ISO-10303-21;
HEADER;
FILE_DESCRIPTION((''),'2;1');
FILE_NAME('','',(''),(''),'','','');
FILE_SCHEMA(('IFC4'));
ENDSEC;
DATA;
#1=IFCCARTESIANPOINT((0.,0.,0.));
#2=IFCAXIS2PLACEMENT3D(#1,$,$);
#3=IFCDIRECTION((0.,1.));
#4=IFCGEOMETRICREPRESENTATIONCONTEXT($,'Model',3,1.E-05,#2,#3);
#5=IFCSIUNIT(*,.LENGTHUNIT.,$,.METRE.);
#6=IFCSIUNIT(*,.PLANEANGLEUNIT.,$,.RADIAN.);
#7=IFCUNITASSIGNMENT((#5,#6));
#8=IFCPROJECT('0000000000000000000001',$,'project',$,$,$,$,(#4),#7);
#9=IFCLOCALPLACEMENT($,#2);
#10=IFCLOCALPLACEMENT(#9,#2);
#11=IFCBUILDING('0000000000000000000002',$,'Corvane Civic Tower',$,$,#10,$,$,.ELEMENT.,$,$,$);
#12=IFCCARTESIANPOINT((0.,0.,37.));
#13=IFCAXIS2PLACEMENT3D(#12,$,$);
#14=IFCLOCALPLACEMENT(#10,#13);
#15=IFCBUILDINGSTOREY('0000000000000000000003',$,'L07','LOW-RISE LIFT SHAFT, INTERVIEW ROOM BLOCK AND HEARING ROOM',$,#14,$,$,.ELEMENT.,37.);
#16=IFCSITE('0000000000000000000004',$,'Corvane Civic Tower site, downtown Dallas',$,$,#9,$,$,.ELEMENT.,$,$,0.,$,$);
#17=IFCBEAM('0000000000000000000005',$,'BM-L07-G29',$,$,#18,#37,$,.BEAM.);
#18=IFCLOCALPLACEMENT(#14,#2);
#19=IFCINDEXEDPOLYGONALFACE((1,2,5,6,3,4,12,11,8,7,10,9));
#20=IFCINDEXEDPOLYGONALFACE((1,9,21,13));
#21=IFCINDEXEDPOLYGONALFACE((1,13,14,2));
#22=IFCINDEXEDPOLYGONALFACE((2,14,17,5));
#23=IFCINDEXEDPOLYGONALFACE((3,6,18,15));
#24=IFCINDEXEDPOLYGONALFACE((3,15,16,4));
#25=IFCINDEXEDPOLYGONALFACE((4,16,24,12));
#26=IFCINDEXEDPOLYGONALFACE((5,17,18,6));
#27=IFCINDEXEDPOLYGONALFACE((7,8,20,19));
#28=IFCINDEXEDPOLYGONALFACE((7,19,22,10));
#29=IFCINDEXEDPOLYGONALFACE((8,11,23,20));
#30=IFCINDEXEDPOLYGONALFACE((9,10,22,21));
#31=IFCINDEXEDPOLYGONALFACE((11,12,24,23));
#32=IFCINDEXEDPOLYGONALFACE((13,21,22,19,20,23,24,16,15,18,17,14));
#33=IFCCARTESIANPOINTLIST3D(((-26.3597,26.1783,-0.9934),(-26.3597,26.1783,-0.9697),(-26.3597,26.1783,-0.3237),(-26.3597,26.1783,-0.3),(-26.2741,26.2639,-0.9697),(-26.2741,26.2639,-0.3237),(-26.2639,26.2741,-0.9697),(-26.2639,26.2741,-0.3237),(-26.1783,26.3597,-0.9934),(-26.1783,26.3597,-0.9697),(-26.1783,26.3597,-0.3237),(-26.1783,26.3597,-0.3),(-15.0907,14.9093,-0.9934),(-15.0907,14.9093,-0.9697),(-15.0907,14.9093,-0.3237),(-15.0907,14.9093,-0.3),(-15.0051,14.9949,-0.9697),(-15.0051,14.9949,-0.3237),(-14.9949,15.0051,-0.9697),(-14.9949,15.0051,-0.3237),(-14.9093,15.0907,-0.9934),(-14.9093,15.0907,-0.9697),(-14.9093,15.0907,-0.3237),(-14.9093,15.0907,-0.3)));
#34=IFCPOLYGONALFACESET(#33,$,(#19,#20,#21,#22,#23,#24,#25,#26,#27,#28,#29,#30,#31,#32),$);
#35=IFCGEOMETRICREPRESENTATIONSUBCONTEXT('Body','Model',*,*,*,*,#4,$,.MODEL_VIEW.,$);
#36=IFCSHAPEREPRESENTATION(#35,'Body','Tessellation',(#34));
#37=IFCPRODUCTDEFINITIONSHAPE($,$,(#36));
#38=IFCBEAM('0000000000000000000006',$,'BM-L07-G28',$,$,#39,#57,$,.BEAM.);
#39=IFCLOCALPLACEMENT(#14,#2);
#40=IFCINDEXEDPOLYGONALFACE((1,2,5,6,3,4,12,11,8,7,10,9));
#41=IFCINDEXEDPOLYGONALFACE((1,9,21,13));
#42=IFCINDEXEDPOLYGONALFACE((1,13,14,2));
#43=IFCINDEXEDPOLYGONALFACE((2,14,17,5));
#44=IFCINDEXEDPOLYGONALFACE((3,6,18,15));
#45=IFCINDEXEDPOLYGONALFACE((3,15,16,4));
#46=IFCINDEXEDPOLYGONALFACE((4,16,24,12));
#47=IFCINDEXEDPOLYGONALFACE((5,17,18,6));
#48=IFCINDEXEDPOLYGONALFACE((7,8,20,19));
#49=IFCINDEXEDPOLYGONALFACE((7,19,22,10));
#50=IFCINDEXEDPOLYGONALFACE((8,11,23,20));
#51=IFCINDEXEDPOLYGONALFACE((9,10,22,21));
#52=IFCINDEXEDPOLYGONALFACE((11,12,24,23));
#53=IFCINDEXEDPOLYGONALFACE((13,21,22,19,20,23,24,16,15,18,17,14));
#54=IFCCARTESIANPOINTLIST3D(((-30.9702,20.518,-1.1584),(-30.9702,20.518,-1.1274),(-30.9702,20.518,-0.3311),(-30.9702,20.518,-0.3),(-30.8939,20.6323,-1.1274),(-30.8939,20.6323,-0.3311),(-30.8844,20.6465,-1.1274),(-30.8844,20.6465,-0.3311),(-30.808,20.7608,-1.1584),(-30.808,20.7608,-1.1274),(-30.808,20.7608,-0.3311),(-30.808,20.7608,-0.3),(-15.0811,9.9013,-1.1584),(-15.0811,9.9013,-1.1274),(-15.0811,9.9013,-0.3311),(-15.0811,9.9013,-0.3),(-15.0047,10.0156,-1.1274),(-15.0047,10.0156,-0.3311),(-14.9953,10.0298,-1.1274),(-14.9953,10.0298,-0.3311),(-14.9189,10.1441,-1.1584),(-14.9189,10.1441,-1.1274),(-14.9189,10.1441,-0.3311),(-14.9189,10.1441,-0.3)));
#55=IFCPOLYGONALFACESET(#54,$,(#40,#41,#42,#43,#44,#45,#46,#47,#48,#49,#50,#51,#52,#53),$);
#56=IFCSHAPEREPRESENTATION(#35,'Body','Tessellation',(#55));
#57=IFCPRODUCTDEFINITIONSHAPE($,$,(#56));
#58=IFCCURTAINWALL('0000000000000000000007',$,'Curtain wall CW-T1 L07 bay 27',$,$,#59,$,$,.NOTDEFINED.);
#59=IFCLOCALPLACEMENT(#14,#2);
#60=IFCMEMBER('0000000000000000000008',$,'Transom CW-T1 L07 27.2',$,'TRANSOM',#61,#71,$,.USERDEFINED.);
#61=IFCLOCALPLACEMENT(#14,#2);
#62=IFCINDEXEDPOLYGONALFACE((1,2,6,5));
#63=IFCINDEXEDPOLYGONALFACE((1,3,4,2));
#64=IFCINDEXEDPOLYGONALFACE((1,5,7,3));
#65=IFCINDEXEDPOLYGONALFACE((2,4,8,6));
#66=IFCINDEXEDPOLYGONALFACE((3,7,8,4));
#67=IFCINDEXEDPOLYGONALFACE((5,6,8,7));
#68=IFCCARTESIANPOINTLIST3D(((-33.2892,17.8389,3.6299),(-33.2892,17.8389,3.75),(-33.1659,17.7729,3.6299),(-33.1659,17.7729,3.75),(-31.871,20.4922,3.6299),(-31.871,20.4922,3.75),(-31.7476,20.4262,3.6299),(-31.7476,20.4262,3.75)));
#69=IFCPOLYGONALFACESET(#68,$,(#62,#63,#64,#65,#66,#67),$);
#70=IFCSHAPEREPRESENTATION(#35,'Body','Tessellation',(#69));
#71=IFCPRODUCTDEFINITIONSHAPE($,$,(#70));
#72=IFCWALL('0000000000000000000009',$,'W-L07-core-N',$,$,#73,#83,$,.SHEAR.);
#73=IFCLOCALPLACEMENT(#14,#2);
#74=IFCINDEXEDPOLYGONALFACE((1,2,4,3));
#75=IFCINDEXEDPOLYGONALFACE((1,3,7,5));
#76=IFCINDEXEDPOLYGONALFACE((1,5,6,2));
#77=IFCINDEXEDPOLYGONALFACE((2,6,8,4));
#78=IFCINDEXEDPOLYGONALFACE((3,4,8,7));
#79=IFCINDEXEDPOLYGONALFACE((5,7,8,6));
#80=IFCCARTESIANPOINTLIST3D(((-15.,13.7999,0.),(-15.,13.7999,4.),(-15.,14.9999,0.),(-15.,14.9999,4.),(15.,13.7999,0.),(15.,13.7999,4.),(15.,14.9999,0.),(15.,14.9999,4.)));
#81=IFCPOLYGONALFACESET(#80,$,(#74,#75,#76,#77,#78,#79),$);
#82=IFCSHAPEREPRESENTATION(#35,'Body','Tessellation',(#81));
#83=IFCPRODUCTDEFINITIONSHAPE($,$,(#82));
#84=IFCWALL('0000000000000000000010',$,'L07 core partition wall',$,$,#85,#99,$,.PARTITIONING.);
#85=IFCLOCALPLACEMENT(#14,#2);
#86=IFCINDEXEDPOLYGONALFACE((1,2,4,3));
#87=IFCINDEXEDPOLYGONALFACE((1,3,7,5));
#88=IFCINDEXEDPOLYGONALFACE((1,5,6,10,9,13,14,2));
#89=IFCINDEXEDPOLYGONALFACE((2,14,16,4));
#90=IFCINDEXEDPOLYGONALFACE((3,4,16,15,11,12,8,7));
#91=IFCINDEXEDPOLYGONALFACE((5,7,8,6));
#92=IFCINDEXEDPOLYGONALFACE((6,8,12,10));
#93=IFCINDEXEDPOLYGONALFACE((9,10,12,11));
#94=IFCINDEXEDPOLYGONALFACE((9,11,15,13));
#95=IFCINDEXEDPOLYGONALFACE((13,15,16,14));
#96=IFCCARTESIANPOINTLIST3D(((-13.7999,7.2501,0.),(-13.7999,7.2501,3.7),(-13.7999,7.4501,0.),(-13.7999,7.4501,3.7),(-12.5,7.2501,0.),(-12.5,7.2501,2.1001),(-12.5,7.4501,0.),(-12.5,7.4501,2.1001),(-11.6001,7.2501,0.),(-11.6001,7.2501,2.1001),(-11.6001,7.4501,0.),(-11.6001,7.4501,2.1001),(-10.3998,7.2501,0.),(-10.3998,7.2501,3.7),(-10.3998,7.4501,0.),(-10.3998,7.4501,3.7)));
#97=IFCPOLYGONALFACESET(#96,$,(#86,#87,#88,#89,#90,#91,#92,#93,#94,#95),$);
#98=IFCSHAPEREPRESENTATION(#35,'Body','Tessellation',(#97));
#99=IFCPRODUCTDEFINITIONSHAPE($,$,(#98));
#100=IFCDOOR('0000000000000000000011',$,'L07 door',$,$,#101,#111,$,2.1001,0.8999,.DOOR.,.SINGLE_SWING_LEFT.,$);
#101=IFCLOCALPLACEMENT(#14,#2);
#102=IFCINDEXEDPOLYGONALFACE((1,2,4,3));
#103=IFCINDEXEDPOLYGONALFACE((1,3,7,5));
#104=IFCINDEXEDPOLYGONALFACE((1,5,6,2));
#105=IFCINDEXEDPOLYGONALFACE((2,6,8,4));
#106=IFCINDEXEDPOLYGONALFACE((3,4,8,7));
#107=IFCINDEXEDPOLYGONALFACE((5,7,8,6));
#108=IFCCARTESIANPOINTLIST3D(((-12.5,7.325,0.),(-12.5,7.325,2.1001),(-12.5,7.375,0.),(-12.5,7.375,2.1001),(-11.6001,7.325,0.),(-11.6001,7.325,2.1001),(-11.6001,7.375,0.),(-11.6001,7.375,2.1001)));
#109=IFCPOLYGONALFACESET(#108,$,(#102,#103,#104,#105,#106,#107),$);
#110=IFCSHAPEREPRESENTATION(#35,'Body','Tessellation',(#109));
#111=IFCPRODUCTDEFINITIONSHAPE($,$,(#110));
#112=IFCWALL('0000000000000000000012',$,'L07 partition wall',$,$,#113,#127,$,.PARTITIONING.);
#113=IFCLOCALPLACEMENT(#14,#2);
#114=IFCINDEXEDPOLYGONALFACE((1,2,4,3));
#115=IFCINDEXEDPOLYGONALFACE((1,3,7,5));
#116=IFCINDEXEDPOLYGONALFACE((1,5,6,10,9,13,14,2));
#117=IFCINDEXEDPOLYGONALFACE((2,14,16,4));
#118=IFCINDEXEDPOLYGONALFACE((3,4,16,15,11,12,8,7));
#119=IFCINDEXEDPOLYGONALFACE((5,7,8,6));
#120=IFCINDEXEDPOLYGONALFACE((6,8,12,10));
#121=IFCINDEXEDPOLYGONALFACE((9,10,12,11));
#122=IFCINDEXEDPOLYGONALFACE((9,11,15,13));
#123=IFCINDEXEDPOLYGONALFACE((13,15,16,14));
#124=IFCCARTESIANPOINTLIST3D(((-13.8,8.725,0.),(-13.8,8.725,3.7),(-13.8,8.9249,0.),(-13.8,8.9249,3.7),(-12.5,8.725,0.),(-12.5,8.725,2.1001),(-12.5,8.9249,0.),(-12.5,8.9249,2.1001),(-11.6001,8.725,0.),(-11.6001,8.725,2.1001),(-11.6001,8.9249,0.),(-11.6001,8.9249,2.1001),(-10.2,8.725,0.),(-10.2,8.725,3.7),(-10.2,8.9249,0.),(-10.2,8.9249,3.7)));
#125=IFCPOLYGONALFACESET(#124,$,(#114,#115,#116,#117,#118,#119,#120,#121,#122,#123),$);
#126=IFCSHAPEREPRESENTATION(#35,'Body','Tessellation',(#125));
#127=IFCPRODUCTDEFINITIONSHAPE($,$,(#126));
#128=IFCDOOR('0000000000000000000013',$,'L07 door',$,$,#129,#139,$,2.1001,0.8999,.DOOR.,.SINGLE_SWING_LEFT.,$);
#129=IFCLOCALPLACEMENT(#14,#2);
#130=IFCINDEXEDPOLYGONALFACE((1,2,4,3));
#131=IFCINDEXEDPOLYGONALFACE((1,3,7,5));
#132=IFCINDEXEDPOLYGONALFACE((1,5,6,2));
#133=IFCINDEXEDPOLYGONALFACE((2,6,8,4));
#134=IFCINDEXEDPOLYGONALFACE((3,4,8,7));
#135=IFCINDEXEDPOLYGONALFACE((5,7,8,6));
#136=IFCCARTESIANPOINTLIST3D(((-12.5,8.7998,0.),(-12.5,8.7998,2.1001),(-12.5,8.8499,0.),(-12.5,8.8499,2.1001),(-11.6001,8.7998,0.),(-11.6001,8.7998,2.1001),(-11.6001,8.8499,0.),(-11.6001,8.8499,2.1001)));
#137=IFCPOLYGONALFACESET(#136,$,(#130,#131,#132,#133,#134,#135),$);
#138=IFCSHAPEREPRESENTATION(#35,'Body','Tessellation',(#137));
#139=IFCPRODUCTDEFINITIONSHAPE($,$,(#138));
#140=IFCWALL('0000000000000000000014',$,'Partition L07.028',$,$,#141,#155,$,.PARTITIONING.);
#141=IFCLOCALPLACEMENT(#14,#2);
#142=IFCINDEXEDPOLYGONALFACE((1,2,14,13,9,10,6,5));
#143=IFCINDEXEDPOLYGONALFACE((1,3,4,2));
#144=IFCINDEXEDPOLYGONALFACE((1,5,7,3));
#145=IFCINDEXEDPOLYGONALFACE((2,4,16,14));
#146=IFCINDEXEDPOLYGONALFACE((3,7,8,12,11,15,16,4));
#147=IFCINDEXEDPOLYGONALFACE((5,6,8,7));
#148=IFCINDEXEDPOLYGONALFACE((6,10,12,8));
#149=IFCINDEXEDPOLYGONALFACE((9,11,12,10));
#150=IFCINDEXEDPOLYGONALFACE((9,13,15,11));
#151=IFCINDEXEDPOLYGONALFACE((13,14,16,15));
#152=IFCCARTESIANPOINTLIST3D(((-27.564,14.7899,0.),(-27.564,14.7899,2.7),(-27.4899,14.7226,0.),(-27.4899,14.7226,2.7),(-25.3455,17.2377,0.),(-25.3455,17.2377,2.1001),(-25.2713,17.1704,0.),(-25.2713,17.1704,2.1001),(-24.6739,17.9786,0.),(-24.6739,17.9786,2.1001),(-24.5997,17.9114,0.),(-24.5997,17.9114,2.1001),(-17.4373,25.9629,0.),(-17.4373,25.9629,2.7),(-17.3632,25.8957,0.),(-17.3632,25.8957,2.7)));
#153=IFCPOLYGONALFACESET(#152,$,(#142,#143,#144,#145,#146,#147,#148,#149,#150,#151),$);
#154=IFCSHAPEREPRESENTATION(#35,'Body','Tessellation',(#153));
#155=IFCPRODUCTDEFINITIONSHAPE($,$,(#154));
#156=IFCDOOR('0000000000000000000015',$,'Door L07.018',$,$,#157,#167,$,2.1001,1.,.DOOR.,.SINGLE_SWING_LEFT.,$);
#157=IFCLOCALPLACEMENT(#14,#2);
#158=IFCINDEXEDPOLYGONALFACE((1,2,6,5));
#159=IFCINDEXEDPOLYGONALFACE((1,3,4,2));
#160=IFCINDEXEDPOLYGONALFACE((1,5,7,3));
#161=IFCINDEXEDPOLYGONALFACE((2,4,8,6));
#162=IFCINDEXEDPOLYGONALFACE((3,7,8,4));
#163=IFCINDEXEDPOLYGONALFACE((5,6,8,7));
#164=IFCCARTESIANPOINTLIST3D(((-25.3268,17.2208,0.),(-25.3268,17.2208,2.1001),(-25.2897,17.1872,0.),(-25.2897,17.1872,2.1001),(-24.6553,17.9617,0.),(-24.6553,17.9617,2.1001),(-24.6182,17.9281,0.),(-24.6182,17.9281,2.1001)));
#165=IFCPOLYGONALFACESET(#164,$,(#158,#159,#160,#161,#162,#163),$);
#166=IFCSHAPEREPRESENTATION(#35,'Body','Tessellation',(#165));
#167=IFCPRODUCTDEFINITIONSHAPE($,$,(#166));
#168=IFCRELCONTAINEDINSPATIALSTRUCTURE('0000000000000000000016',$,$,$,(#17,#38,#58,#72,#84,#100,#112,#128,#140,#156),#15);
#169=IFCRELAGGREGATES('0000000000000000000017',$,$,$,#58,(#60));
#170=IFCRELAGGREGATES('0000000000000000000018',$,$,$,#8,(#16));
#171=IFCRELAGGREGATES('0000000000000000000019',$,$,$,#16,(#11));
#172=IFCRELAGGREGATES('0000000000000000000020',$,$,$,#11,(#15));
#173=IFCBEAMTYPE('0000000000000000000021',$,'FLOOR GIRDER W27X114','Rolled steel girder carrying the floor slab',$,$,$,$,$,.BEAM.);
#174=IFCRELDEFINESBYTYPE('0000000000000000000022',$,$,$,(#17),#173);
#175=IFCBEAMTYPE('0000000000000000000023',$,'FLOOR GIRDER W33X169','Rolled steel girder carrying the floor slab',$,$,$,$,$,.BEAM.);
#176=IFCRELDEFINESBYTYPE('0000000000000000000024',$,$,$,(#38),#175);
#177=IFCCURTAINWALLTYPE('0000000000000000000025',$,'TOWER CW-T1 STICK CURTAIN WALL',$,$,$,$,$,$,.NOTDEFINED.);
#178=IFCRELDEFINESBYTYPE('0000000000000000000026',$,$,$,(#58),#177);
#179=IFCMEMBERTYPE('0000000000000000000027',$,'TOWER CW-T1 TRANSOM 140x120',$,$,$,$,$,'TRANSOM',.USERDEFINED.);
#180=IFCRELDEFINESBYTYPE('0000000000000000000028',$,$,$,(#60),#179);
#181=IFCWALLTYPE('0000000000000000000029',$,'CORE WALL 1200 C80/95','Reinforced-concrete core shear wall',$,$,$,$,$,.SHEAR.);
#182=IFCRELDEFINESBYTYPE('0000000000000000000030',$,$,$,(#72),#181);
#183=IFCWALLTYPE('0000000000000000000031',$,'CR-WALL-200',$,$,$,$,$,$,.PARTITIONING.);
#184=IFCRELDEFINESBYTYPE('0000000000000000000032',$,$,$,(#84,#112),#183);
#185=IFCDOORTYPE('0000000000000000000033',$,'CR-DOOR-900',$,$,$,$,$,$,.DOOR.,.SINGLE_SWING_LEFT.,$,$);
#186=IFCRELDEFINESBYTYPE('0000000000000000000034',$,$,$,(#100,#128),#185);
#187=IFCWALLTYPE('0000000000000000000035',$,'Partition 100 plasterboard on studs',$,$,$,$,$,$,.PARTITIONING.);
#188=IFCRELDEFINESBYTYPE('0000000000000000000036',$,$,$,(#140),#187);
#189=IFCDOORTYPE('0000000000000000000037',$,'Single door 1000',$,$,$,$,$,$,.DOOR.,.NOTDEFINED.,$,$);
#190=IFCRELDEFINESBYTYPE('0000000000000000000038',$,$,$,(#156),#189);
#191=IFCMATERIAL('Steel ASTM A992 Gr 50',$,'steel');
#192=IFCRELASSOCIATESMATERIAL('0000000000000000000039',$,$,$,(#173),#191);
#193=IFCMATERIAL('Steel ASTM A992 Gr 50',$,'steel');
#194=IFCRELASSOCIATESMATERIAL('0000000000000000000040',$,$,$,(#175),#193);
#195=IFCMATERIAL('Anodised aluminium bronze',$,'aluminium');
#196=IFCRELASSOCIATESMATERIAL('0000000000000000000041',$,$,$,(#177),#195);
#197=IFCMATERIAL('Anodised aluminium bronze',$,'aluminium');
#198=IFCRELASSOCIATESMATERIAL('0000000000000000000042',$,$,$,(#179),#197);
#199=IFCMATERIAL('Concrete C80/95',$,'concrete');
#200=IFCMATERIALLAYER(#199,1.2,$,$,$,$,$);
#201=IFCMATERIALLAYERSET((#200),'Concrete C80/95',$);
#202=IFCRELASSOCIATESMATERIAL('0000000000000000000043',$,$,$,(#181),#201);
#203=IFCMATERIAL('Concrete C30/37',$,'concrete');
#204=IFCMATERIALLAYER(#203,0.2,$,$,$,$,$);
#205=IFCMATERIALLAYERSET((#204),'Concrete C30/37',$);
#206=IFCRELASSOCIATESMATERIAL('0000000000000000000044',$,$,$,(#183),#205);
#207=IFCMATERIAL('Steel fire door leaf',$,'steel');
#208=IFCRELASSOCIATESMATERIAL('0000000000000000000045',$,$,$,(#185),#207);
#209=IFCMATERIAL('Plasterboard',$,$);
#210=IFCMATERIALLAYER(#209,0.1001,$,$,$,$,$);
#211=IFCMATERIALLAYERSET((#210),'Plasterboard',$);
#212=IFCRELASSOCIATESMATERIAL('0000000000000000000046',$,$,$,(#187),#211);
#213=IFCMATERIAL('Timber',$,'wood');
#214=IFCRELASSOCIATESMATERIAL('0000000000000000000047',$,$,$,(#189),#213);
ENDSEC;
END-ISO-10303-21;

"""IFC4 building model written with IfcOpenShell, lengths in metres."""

from ifc_helpers import new_model, si_unit, direction, frame, frame_2d, origin, origin_2d, place, context, subcontext, project, spatial, rectangle, i_section, extrude, material, layer, layer_set, material_profile, profile_set, type_object, element, fill, aggregate, save


model = new_model("IFC4")

# Units and contexts
model_context = context("Model", 3, precision=1e-05, world=origin(), true_north=direction((0.0, 1.0)))
body_context = subcontext(model_context, "Body", "Model", "MODEL_VIEW")
ifc_project = project(units=[si_unit("LENGTHUNIT", "METRE"), si_unit("PLANEANGLEUNIT", "RADIAN")], contexts=[model_context])

# Site, building, storey
site_placement = place(None, origin())
site = spatial("IfcSite", under=ifc_project, at=site_placement, Name="Corvane Civic Tower site, downtown Dallas", CompositionType="ELEMENT", RefElevation=0.0)
building_placement = place(site_placement, origin())
building = spatial("IfcBuilding", under=site, at=building_placement, Name="Corvane Civic Tower", CompositionType="ELEMENT")
storey_placement = place(building_placement, frame((0.0, 0.0, 37.0)))
storey = spatial("IfcBuildingStorey", under=building, at=storey_placement, Name="L07", Description="LOW-RISE LIFT SHAFT, INTERVIEW ROOM BLOCK AND HEARING ROOM", CompositionType="ELEMENT", Elevation=37.0)

# Beams
ifc_material_1 = material(Name="Steel ASTM A992 Gr 50", Category="steel")
ifc_material_profile_1 = material_profile(ifc_material_1, i_section(OverallWidth=0.2566, OverallDepth=0.6934, WebThickness=0.0144, FlangeThickness=0.0237, at=origin_2d()), Name="W27X114")
ifc_profile_set_1 = profile_set([ifc_material_profile_1], Name="Steel ASTM A992 Gr 50")
beam_type_1 = type_object("IfcBeamType", Name="FLOOR GIRDER W27X114", Description="Rolled steel girder carrying the floor slab", PredefinedType="BEAM", material=ifc_profile_set_1)
beam_1_placement = place(storey_placement, frame((-15.0, 15.0, -0.6467), z_axis=(-0.707107, 0.707107, 0.0), x_axis=(-0.707107, -0.707107, 0.0)))
element("IfcBeam", 1, at=beam_1_placement, inside=storey, type_object=beam_type_1, Name="BM-L07-G29", PredefinedType="BEAM", context=body_context, shape_type="SweptSolid", body=[
    extrude(i_section(OverallWidth=0.2566, OverallDepth=0.6934, WebThickness=0.0144, FlangeThickness=0.0237, at=origin_2d()), origin(), (0.0, 0.0, 1.0), 15.9368),
])
ifc_material_2 = material(Name="Steel ASTM A992 Gr 50", Category="steel")
ifc_material_profile_2 = material_profile(ifc_material_2, i_section(OverallWidth=0.292, OverallDepth=0.8584, WebThickness=0.0171, FlangeThickness=0.031, at=origin_2d()), Name="W33X169")
ifc_profile_set_2 = profile_set([ifc_material_profile_2], Name="Steel ASTM A992 Gr 50")
beam_type_2 = type_object("IfcBeamType", Name="FLOOR GIRDER W33X169", Description="Rolled steel girder carrying the floor slab", PredefinedType="BEAM", material=ifc_profile_set_2)
beam_2_placement = place(storey_placement, frame((-15.0, 10.0227, -0.7292), z_axis=(-0.831472, 0.555567, 0.0), x_axis=(-0.555567, -0.831472, 0.0)))
element("IfcBeam", 2, at=beam_2_placement, inside=storey, type_object=beam_type_2, Name="BM-L07-G28", PredefinedType="BEAM", context=body_context, shape_type="SweptSolid", body=[
    extrude(i_section(OverallWidth=0.292, OverallDepth=0.8584, WebThickness=0.0171, FlangeThickness=0.031, at=origin_2d()), origin(), (0.0, 0.0, 1.0), 19.1096),
])

# Curtain wall, member
ifc_material_3 = material(Name="Anodised aluminium bronze", Category="aluminium")
curtain_wall_type = type_object("IfcCurtainWallType", Name="TOWER CW-T1 STICK CURTAIN WALL", PredefinedType="NOTDEFINED", material=ifc_material_3)
curtain_wall_placement = place(storey_placement, origin())
curtain_wall = element("IfcCurtainWall", 3, at=curtain_wall_placement, inside=storey, type_object=curtain_wall_type, Name="Curtain wall CW-T1 L07 bay 27", PredefinedType="NOTDEFINED")
ifc_material_4 = material(Name="Anodised aluminium bronze", Category="aluminium")
ifc_material_profile_3 = material_profile(ifc_material_4, rectangle(XDim=0.1399, YDim=0.1201, at=origin_2d()), Name="TOWER CW-T1 TRANSOM 140x120")
ifc_profile_set_3 = profile_set([ifc_material_profile_3], Name="Anodised aluminium bronze")
member_type = type_object("IfcMemberType", Name="TOWER CW-T1 TRANSOM 140x120", ElementType="TRANSOM", PredefinedType="USERDEFINED", material=ifc_profile_set_3)
member_placement = place(storey_placement, frame((-33.2275, 17.8059, 3.6899), z_axis=(0.471393, 0.881924, 0.0), x_axis=(-0.881924, 0.471393, 0.0)))
member = element("IfcMember", 4, at=member_placement, type_object=member_type, Name="Transom CW-T1 L07 27.2", ObjectType="TRANSOM", PredefinedType="USERDEFINED", context=body_context, shape_type="SweptSolid", body=[
    extrude(rectangle(XDim=0.1399, YDim=0.1201, at=origin_2d()), origin(), (0.0, 0.0, 1.0), 3.0085),
])
aggregate(curtain_wall, [member])

# Wall
ifc_material_5 = material(Name="Concrete C80/95", Category="concrete")
ifc_layer_1 = layer(ifc_material_5, 1.2)
ifc_layer_set_1 = layer_set([ifc_layer_1], Name="Concrete C80/95")
wall_type_1 = type_object("IfcWallType", Name="CORE WALL 1200 C80/95", Description="Reinforced-concrete core shear wall", PredefinedType="SHEAR", material=ifc_layer_set_1)
wall_1_placement = place(storey_placement, frame((-15.0, 14.3999, 0.0), z_axis=(0.0, 0.0, 1.0), x_axis=(1.0, 0.0, 0.0)))
element("IfcWall", 5, at=wall_1_placement, inside=storey, type_object=wall_type_1, Name="W-L07-core-N", PredefinedType="SHEAR", context=body_context, shape_type="SweptSolid", body=[
    extrude(rectangle(XDim=30.0, YDim=1.2, at=frame_2d((15.0, 0.0))), origin(), (0.0, 0.0, 1.0), 4.0),
])

# Walls, openings, doors
ifc_material_6 = material(Name="Concrete C30/37", Category="concrete")
ifc_layer_2 = layer(ifc_material_6, 0.2)
ifc_layer_set_2 = layer_set([ifc_layer_2], Name="Concrete C30/37")
wall_type_2 = type_object("IfcWallType", Name="CR-WALL-200", PredefinedType="PARTITIONING", material=ifc_layer_set_2)
wall_2_placement = place(storey_placement, frame((-13.8, 7.3501, 0.0), z_axis=(0.0, 0.0, 1.0), x_axis=(1.0, 0.0, 0.0)))
wall_2 = element("IfcWall", 6, at=wall_2_placement, inside=storey, type_object=wall_type_2, Name="L07 core partition wall", PredefinedType="PARTITIONING", context=body_context, shape_type="SweptSolid", body=[
    extrude(rectangle(XDim=3.4001, YDim=0.2, at=frame_2d((1.7002, 0.0))), origin(), (0.0, 0.0, 1.0), 3.7),
])
opening_1_placement = place(wall_2_placement, frame((1.3, 0.0, 0.0)))
opening_1 = element("IfcOpeningElement", 7, at=opening_1_placement, cuts=wall_2, PredefinedType="OPENING", context=body_context, shape_type="SweptSolid", body=[
    extrude(rectangle(XDim=0.8999, YDim=2.1001, at=frame_2d((0.45, 1.05))), frame((0.0, 0.1099, 0.0), z_axis=(0.0, -1.0, 0.0), x_axis=(1.0, 0.0, 0.0)), (0.0, 0.0, 1.0), 0.22),
])
ifc_material_7 = material(Name="Steel fire door leaf", Category="steel")
door_type_1 = type_object("IfcDoorType", Name="CR-DOOR-900", OperationType="SINGLE_SWING_LEFT", PredefinedType="DOOR", material=ifc_material_7)
door_1_placement = place(opening_1_placement, origin())
door_1 = element("IfcDoor", 8, at=door_1_placement, inside=storey, type_object=door_type_1, Name="L07 door", OperationType="SINGLE_SWING_LEFT", OverallHeight=2.1001, OverallWidth=0.8999, PredefinedType="DOOR", context=body_context, shape_type="SweptSolid", body=[
    extrude(rectangle(XDim=0.8999, YDim=2.1001, at=frame_2d((0.45, 1.05))), frame((0.0, 0.0249, 0.0), z_axis=(0.0, -1.0, 0.0), x_axis=(1.0, 0.0, 0.0)), (0.0, 0.0, 1.0), 0.05),
])
fill(opening_1, door_1)
wall_3_placement = place(storey_placement, frame((-13.8, 8.825, 0.0), z_axis=(0.0, 0.0, 1.0), x_axis=(1.0, 0.0, 0.0)))
wall_3 = element("IfcWall", 9, at=wall_3_placement, inside=storey, type_object=wall_type_2, Name="L07 partition wall", PredefinedType="PARTITIONING", context=body_context, shape_type="SweptSolid", body=[
    extrude(rectangle(XDim=3.6001, YDim=0.2, at=frame_2d((1.8, 0.0))), origin(), (0.0, 0.0, 1.0), 3.7),
])
opening_2_placement = place(wall_3_placement, frame((1.3, 0.0, 0.0)))
opening_2 = element("IfcOpeningElement", 10, at=opening_2_placement, cuts=wall_3, PredefinedType="OPENING", context=body_context, shape_type="SweptSolid", body=[
    extrude(rectangle(XDim=0.8999, YDim=2.1001, at=frame_2d((0.45, 1.05))), frame((0.0, 0.1099, 0.0), z_axis=(0.0, -1.0, 0.0), x_axis=(1.0, 0.0, 0.0)), (0.0, 0.0, 1.0), 0.22),
])
door_2_placement = place(opening_2_placement, origin())
door_2 = element("IfcDoor", 11, at=door_2_placement, inside=storey, type_object=door_type_1, Name="L07 door", OperationType="SINGLE_SWING_LEFT", OverallHeight=2.1001, OverallWidth=0.8999, PredefinedType="DOOR", context=body_context, shape_type="SweptSolid", body=[
    extrude(rectangle(XDim=0.8999, YDim=2.1001, at=frame_2d((0.45, 1.05))), frame((0.0, 0.0249, 0.0), z_axis=(0.0, -1.0, 0.0), x_axis=(1.0, 0.0, 0.0)), (0.0, 0.0, 1.0), 0.05),
])
fill(opening_2, door_2)
ifc_material_8 = material(Name="Plasterboard")
ifc_layer_3 = layer(ifc_material_8, 0.1001)
ifc_layer_set_3 = layer_set([ifc_layer_3], Name="Plasterboard")
wall_type_3 = type_object("IfcWallType", Name="Partition 100 plasterboard on studs", PredefinedType="PARTITIONING", material=ifc_layer_set_3)
wall_4_placement = place(storey_placement, frame((-27.5269, 14.7563, 0.0), z_axis=(0.0, 0.0, 1.0), x_axis=(0.671559, 0.740951, 0.0)))
wall_4 = element("IfcWall", 12, at=wall_4_placement, inside=storey, type_object=wall_type_3, Name="Partition L07.028", PredefinedType="PARTITIONING", context=body_context, shape_type="SweptSolid", body=[
    extrude(rectangle(XDim=15.0793, YDim=0.1001, at=frame_2d((7.5396, 0.0))), origin(), (0.0, 0.0, 1.0), 2.7),
])
opening_3_placement = place(wall_4_placement, frame((3.3035, 0.0, 0.0)))
opening_3 = element("IfcOpeningElement", 13, at=opening_3_placement, cuts=wall_4, PredefinedType="OPENING", context=body_context, shape_type="SweptSolid", body=[
    extrude(rectangle(XDim=1.0, YDim=2.1001, at=frame_2d((0.5, 1.05))), frame((0.0, 0.0601, 0.0), z_axis=(0.0, -1.0, 0.0), x_axis=(1.0, 0.0, 0.0)), (0.0, 0.0, 1.0), 0.1201),
])
ifc_material_9 = material(Name="Timber", Category="wood")
door_type_2 = type_object("IfcDoorType", Name="Single door 1000", OperationType="NOTDEFINED", PredefinedType="DOOR", material=ifc_material_9)
door_3_placement = place(opening_3_placement, origin())
door_3 = element("IfcDoor", 14, at=door_3_placement, inside=storey, type_object=door_type_2, Name="Door L07.018", OperationType="SINGLE_SWING_LEFT", OverallHeight=2.1001, OverallWidth=1.0, PredefinedType="DOOR", context=body_context, shape_type="SweptSolid", body=[
    extrude(rectangle(XDim=1.0, YDim=2.1001, at=frame_2d((0.5, 1.05))), frame((0.0, 0.0249, 0.0), z_axis=(0.0, -1.0, 0.0), x_axis=(1.0, 0.0, 0.0)), (0.0, 0.0, 1.0), 0.05),
])
fill(opening_3, door_3)

save(model, "model.ifc")
